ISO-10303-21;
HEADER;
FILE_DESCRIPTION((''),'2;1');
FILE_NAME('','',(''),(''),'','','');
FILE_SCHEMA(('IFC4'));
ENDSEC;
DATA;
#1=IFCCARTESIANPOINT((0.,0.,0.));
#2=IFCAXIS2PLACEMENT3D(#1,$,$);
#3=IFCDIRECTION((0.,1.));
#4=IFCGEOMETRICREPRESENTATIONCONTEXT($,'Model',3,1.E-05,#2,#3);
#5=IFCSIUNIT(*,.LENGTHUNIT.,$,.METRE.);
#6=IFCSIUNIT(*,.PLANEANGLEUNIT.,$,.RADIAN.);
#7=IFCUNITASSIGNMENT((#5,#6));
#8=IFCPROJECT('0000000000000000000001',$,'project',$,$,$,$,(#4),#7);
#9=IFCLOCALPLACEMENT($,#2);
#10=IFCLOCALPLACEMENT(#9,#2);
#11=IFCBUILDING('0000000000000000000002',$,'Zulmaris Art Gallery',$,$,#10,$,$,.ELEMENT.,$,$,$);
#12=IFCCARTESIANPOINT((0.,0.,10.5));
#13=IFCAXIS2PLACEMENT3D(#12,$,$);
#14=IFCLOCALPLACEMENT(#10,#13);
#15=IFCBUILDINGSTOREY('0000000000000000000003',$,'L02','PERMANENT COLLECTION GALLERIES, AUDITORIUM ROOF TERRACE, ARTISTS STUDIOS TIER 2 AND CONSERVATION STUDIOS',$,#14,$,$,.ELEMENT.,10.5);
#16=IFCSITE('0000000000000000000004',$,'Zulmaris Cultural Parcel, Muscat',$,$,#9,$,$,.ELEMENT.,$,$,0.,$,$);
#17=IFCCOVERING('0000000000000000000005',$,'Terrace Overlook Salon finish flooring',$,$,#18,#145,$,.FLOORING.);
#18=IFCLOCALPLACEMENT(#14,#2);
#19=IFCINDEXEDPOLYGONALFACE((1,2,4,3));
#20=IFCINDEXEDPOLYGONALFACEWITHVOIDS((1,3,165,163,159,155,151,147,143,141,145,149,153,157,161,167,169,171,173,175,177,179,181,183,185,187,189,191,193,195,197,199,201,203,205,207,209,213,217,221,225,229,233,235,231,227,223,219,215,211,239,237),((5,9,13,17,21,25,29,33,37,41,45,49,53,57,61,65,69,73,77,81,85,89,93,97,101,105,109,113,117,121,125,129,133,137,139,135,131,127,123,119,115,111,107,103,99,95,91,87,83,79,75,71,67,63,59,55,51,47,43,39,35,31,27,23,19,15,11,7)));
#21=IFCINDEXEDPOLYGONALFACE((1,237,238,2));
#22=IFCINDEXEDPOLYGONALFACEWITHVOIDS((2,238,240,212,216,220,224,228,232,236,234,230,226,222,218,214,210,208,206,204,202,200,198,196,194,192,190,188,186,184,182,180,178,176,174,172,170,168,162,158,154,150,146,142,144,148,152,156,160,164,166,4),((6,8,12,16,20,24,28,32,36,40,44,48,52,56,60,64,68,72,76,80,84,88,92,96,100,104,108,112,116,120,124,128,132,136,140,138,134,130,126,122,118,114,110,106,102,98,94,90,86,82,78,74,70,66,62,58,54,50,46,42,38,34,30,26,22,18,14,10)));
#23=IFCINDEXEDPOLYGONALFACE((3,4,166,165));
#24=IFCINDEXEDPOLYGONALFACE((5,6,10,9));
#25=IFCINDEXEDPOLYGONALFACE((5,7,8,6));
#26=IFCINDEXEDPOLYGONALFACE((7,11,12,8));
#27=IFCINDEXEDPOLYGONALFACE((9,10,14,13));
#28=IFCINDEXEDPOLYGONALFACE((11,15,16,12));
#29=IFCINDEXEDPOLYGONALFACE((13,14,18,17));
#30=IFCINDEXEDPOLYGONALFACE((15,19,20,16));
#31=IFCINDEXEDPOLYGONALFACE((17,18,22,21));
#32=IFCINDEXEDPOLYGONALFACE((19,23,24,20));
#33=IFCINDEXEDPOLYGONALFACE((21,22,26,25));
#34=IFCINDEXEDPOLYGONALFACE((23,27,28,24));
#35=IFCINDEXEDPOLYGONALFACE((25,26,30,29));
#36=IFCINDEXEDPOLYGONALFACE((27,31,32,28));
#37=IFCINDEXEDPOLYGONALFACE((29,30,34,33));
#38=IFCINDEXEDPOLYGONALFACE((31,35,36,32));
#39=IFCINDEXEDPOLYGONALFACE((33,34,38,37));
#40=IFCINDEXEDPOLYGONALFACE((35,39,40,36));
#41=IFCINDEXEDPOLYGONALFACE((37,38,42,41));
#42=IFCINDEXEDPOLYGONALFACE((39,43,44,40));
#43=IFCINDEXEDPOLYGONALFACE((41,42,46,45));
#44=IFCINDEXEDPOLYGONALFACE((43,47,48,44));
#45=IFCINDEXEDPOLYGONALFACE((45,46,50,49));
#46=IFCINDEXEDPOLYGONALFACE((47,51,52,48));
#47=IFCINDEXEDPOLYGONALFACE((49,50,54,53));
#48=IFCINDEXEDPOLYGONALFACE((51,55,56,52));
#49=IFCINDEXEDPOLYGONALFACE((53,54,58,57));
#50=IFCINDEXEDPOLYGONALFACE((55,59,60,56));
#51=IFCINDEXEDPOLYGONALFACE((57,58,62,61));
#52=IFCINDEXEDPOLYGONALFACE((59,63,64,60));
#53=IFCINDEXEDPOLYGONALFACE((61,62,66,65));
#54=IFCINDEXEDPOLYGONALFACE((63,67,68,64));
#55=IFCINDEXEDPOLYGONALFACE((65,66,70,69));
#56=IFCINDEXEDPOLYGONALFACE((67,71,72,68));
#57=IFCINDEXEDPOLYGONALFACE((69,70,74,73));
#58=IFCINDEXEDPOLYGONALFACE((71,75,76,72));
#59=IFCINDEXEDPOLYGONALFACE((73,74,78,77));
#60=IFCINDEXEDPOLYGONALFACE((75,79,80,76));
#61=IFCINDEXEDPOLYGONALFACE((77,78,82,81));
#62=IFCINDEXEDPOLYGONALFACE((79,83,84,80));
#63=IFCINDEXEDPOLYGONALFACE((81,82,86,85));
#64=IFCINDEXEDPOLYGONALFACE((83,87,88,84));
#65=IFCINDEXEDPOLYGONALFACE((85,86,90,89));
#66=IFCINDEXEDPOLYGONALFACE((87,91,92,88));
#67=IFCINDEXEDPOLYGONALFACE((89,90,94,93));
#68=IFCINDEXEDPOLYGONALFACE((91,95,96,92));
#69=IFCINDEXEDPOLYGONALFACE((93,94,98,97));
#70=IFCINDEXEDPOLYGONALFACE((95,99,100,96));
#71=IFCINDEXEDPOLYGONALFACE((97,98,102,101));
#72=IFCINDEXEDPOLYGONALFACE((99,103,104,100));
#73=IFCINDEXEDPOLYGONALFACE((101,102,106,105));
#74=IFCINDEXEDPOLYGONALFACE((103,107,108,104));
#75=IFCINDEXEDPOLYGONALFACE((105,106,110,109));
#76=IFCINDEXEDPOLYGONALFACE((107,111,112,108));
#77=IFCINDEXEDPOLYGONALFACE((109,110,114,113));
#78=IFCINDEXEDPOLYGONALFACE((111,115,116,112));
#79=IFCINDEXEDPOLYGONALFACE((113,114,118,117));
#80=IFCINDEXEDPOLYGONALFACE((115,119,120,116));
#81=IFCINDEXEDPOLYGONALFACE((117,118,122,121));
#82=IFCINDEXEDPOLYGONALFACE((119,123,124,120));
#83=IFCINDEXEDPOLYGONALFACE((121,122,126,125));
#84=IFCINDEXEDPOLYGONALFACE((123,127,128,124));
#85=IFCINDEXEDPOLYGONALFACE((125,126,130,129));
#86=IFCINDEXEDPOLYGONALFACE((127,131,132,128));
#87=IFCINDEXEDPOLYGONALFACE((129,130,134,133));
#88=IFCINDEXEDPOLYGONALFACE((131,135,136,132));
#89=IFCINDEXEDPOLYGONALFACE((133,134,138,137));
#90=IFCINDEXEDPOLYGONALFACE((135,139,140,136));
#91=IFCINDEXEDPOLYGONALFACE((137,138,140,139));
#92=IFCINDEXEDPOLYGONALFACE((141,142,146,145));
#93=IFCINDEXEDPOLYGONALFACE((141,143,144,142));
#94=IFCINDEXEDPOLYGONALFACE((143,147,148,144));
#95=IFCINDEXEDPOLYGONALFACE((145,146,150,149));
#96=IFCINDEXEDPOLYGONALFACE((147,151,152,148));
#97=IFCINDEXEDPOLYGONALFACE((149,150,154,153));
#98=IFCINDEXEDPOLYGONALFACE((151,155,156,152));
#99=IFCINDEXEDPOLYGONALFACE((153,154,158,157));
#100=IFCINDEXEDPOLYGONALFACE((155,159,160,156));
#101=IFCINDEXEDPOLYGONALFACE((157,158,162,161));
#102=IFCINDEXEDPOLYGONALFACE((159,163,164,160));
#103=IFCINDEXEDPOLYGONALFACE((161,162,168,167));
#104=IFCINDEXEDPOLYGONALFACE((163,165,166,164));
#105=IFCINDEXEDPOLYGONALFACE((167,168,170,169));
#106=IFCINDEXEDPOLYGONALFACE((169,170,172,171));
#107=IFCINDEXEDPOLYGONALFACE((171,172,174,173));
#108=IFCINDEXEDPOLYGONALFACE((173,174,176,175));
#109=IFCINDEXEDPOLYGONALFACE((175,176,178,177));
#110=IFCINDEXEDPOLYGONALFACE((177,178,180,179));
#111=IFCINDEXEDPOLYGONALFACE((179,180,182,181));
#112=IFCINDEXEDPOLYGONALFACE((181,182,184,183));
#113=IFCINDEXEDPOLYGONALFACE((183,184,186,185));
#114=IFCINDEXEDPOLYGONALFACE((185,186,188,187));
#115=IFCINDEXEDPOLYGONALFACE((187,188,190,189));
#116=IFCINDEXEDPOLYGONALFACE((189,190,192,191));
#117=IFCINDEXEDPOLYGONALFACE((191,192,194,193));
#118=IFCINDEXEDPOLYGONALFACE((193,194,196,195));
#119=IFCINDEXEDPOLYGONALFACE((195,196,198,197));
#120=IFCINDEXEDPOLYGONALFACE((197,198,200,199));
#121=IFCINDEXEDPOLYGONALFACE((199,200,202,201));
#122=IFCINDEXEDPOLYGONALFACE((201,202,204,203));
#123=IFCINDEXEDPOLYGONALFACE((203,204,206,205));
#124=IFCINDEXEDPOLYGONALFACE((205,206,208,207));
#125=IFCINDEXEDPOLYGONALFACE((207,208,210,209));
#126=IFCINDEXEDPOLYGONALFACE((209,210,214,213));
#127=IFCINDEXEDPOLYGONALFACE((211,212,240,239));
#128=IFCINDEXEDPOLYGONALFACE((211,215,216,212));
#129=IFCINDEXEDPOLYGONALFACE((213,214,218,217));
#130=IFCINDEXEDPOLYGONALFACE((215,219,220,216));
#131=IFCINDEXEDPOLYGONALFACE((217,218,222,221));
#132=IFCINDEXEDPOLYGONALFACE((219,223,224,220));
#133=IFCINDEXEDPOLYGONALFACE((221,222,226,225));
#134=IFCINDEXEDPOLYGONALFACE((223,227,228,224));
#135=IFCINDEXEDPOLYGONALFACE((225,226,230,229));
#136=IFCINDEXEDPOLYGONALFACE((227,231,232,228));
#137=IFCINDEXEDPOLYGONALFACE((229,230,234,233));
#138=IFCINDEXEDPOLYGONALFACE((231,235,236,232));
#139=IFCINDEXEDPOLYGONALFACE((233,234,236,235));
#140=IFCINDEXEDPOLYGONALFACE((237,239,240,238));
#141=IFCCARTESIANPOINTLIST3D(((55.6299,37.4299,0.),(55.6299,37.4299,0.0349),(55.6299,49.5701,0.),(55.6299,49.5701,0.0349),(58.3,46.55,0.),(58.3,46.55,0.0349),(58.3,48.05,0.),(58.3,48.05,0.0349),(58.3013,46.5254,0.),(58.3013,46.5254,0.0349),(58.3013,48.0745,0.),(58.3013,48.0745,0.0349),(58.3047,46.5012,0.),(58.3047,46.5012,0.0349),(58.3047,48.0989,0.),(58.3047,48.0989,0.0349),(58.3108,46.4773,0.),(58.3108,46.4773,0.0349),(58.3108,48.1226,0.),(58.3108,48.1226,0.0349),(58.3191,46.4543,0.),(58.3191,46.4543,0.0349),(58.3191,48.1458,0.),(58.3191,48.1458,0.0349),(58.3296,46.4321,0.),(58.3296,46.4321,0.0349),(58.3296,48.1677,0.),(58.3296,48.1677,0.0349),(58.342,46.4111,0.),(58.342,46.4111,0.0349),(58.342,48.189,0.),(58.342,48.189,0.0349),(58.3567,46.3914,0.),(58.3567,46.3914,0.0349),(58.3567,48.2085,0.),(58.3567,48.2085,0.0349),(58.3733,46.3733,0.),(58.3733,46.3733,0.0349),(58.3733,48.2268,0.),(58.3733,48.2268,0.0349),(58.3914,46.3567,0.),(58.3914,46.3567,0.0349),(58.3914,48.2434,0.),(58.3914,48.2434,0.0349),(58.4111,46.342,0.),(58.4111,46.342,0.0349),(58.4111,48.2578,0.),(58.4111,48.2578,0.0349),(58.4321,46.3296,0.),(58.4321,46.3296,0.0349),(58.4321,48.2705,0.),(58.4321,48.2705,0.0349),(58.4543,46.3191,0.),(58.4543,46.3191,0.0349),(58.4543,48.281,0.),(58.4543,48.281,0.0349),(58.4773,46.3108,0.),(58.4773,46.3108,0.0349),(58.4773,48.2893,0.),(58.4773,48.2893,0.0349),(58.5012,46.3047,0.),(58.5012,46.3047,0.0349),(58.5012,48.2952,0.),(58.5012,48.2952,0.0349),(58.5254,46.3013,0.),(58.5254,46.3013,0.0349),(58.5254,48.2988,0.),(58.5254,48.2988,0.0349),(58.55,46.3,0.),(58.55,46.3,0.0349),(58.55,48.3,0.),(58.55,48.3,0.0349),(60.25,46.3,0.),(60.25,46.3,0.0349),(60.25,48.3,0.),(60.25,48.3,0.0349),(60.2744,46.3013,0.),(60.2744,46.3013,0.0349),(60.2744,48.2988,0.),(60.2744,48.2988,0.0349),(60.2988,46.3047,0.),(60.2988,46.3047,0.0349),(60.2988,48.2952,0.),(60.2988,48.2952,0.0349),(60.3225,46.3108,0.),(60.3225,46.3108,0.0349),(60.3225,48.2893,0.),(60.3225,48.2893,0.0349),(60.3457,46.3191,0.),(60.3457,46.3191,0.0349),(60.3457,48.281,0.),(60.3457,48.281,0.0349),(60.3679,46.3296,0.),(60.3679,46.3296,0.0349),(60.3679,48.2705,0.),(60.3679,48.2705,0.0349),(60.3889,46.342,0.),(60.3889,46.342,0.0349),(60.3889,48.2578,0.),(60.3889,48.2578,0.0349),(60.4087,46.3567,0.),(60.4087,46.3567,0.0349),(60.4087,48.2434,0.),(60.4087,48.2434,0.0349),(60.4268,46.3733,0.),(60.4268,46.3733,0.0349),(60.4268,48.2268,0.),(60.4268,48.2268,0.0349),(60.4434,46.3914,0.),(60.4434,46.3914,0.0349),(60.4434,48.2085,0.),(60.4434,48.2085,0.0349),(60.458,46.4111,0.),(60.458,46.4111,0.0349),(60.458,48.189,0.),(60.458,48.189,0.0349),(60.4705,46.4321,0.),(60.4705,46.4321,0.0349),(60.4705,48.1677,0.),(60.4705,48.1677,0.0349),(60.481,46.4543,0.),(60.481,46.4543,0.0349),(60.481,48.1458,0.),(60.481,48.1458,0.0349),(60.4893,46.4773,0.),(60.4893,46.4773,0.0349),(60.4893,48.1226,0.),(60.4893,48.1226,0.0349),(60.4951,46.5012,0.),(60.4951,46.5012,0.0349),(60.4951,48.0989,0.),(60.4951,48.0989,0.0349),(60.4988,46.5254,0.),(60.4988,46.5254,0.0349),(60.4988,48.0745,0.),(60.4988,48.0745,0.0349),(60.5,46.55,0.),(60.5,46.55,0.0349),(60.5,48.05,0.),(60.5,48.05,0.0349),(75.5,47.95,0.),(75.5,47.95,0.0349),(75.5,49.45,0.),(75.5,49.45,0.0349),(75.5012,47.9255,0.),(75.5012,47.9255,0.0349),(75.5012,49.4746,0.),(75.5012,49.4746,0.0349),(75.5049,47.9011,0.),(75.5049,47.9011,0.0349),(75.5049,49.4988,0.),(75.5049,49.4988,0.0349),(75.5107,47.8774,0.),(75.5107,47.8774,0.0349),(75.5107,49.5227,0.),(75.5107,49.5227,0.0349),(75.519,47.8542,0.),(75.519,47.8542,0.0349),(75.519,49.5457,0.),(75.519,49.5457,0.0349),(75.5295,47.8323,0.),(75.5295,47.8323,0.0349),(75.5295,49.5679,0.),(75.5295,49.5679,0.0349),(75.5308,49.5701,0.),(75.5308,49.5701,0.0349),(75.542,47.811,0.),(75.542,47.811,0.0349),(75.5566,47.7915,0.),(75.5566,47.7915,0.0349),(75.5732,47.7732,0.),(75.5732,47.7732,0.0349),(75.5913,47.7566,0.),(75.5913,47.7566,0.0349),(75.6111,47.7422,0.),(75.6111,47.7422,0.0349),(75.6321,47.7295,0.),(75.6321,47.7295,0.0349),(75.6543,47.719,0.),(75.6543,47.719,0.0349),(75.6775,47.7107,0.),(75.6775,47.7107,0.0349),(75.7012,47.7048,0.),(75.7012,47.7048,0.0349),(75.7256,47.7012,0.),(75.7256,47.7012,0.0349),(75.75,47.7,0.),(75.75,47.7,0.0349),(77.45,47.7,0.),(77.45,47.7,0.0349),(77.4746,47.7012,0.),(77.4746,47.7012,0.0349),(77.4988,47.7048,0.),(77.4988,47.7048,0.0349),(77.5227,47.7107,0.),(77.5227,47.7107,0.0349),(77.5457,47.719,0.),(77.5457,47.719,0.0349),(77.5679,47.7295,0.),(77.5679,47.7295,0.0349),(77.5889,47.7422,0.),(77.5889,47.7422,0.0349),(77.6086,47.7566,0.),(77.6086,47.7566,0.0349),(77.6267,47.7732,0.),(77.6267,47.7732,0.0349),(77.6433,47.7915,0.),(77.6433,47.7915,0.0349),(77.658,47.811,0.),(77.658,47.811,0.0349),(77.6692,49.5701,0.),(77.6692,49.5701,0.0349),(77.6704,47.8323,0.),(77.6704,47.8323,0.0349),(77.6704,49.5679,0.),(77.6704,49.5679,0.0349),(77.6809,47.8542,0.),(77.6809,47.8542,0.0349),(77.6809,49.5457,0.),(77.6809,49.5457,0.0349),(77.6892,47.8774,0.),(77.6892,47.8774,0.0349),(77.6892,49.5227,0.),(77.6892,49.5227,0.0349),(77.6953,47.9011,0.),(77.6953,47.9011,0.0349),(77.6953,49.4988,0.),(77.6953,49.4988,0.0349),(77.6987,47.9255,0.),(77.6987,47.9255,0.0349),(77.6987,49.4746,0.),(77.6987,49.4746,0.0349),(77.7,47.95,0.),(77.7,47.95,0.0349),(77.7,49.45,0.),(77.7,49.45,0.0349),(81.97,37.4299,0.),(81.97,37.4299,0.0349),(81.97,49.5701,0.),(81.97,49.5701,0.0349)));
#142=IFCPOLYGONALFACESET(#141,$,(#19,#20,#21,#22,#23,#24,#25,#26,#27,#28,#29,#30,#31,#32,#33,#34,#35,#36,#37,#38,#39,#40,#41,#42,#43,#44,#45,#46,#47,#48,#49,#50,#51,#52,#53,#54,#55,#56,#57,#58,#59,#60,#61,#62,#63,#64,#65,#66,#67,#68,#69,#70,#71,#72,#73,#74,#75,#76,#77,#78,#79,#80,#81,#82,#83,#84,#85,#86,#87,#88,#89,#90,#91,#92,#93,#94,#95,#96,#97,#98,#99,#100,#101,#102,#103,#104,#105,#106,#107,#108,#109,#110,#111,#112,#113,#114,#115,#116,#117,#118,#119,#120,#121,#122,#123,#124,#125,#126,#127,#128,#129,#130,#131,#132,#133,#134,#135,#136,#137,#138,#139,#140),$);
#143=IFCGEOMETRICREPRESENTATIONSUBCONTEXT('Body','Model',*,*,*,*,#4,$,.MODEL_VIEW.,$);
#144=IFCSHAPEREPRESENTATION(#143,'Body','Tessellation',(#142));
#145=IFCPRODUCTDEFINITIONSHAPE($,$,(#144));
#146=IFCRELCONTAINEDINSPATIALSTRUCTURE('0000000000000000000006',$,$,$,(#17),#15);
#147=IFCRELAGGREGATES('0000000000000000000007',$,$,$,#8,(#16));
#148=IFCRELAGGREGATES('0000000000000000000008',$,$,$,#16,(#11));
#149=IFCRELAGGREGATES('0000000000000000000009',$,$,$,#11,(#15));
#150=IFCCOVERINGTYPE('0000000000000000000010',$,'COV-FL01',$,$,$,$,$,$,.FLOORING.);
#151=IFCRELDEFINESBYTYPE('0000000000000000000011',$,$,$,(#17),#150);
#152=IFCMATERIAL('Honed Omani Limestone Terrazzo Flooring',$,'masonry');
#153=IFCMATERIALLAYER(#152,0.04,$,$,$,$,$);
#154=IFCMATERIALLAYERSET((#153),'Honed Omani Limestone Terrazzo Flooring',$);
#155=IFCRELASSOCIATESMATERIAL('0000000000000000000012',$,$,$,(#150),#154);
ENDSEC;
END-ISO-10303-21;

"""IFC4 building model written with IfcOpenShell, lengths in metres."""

from ifc_helpers import new_model, si_unit, direction, frame, origin, place, context, subcontext, project, spatial, polyline, outline, extrude, material, layer, layer_set, type_object, element, save


model = new_model("IFC4")

# Units and contexts
model_context = context("Model", 3, precision=1e-05, world=origin(), true_north=direction((0.0, 1.0)))
body_context = subcontext(model_context, "Body", "Model", "MODEL_VIEW")
ifc_project = project(units=[si_unit("LENGTHUNIT", "METRE"), si_unit("PLANEANGLEUNIT", "RADIAN")], contexts=[model_context])

# Site, building, storey
site_placement = place(None, origin())
site = spatial("IfcSite", under=ifc_project, at=site_placement, Name="Zulmaris Cultural Parcel, Muscat", CompositionType="ELEMENT", RefElevation=0.0)
building_placement = place(site_placement, origin())
building = spatial("IfcBuilding", under=site, at=building_placement, Name="Zulmaris Art Gallery", CompositionType="ELEMENT")
storey_placement = place(building_placement, frame((0.0, 0.0, 10.5)))
storey = spatial("IfcBuildingStorey", under=building, at=storey_placement, Name="L02", Description="PERMANENT COLLECTION GALLERIES, AUDITORIUM ROOF TERRACE, ARTISTS STUDIOS TIER 2 AND CONSERVATION STUDIOS", CompositionType="ELEMENT", Elevation=10.5)

# Covering
ifc_material_1 = material(Name="Honed Omani Limestone Terrazzo Flooring", Category="masonry")
ifc_layer_1 = layer(ifc_material_1, 0.04)
ifc_layer_set_1 = layer_set([ifc_layer_1], Name="Honed Omani Limestone Terrazzo Flooring")
covering_type_1 = type_object("IfcCoveringType", Name="COV-FL01", PredefinedType="FLOORING", material=ifc_layer_set_1)
covering_1_placement = place(storey_placement, origin())
element("IfcCovering", 1, at=covering_1_placement, inside=storey, type_object=covering_type_1, Name="Terrace Overlook Salon finish flooring", PredefinedType="FLOORING", context=body_context, shape_type="SweptSolid", body=[
    extrude(outline(polyline([(75.5295, 49.5679), (75.519, 49.5457), (75.5107, 49.5227), (75.5049, 49.4988), (75.5012, 49.4746), (75.5, 49.45), (75.5, 47.95), (75.5012, 47.9255), (75.5049, 47.9011), (75.5107, 47.8774), (75.519, 47.8542), (75.5295, 47.8323), (75.542, 47.811), (75.5566, 47.7915), (75.5732, 47.7732), (75.5913, 47.7566), (75.6111, 47.7422), (75.6321, 47.7295), (75.6543, 47.719), (75.6775, 47.7107), (75.7012, 47.7048), (75.7256, 47.7012), (75.75, 47.7), (77.45, 47.7), (77.4746, 47.7012), (77.4988, 47.7048), (77.5227, 47.7107), (77.5457, 47.719), (77.5679, 47.7295), (77.5889, 47.7422), (77.6086, 47.7566), (77.6267, 47.7732), (77.6433, 47.7915), (77.658, 47.811), (77.6704, 47.8323), (77.6809, 47.8542), (77.6892, 47.8774), (77.6953, 47.9011), (77.6987, 47.9255), (77.7, 47.95), (77.7, 49.45), (77.6987, 49.4746), (77.6953, 49.4988), (77.6892, 49.5227), (77.6809, 49.5457), (77.6704, 49.5679), (77.6692, 49.5701), (81.97, 49.5701), (81.97, 37.4299), (55.6299, 37.4299), (55.6299, 49.5701), (75.5308, 49.5701), (75.5295, 49.5679)]), holes=[polyline([(58.5254, 48.2988), (58.5012, 48.2952), (58.4773, 48.2893), (58.4543, 48.281), (58.4321, 48.2705), (58.4111, 48.2578), (58.3914, 48.2434), (58.3733, 48.2268), (58.3567, 48.2085), (58.342, 48.189), (58.3296, 48.1677), (58.3191, 48.1458), (58.3108, 48.1226), (58.3047, 48.0989), (58.3013, 48.0745), (58.3, 48.05), (58.3, 46.55), (58.3013, 46.5254), (58.3047, 46.5012), (58.3108, 46.4773), (58.3191, 46.4543), (58.3296, 46.4321), (58.342, 46.4111), (58.3567, 46.3914), (58.3733, 46.3733), (58.3914, 46.3567), (58.4111, 46.342), (58.4321, 46.3296), (58.4543, 46.3191), (58.4773, 46.3108), (58.5012, 46.3047), (58.5254, 46.3013), (58.55, 46.3), (60.25, 46.3), (60.2744, 46.3013), (60.2988, 46.3047), (60.3225, 46.3108), (60.3457, 46.3191), (60.3679, 46.3296), (60.3889, 46.342), (60.4087, 46.3567), (60.4268, 46.3733), (60.4434, 46.3914), (60.458, 46.4111), (60.4705, 46.4321), (60.481, 46.4543), (60.4893, 46.4773), (60.4951, 46.5012), (60.4988, 46.5254), (60.5, 46.55), (60.5, 48.05), (60.4988, 48.0745), (60.4951, 48.0989), (60.4893, 48.1226), (60.481, 48.1458), (60.4705, 48.1677), (60.458, 48.189), (60.4434, 48.2085), (60.4268, 48.2268), (60.4087, 48.2434), (60.3889, 48.2578), (60.3679, 48.2705), (60.3457, 48.281), (60.3225, 48.2893), (60.2988, 48.2952), (60.2744, 48.2988), (60.25, 48.3), (58.55, 48.3), (58.5254, 48.2988)])]), origin(), (0.0, 0.0, 1.0), 0.0349),
])

save(model, "model.ifc")
